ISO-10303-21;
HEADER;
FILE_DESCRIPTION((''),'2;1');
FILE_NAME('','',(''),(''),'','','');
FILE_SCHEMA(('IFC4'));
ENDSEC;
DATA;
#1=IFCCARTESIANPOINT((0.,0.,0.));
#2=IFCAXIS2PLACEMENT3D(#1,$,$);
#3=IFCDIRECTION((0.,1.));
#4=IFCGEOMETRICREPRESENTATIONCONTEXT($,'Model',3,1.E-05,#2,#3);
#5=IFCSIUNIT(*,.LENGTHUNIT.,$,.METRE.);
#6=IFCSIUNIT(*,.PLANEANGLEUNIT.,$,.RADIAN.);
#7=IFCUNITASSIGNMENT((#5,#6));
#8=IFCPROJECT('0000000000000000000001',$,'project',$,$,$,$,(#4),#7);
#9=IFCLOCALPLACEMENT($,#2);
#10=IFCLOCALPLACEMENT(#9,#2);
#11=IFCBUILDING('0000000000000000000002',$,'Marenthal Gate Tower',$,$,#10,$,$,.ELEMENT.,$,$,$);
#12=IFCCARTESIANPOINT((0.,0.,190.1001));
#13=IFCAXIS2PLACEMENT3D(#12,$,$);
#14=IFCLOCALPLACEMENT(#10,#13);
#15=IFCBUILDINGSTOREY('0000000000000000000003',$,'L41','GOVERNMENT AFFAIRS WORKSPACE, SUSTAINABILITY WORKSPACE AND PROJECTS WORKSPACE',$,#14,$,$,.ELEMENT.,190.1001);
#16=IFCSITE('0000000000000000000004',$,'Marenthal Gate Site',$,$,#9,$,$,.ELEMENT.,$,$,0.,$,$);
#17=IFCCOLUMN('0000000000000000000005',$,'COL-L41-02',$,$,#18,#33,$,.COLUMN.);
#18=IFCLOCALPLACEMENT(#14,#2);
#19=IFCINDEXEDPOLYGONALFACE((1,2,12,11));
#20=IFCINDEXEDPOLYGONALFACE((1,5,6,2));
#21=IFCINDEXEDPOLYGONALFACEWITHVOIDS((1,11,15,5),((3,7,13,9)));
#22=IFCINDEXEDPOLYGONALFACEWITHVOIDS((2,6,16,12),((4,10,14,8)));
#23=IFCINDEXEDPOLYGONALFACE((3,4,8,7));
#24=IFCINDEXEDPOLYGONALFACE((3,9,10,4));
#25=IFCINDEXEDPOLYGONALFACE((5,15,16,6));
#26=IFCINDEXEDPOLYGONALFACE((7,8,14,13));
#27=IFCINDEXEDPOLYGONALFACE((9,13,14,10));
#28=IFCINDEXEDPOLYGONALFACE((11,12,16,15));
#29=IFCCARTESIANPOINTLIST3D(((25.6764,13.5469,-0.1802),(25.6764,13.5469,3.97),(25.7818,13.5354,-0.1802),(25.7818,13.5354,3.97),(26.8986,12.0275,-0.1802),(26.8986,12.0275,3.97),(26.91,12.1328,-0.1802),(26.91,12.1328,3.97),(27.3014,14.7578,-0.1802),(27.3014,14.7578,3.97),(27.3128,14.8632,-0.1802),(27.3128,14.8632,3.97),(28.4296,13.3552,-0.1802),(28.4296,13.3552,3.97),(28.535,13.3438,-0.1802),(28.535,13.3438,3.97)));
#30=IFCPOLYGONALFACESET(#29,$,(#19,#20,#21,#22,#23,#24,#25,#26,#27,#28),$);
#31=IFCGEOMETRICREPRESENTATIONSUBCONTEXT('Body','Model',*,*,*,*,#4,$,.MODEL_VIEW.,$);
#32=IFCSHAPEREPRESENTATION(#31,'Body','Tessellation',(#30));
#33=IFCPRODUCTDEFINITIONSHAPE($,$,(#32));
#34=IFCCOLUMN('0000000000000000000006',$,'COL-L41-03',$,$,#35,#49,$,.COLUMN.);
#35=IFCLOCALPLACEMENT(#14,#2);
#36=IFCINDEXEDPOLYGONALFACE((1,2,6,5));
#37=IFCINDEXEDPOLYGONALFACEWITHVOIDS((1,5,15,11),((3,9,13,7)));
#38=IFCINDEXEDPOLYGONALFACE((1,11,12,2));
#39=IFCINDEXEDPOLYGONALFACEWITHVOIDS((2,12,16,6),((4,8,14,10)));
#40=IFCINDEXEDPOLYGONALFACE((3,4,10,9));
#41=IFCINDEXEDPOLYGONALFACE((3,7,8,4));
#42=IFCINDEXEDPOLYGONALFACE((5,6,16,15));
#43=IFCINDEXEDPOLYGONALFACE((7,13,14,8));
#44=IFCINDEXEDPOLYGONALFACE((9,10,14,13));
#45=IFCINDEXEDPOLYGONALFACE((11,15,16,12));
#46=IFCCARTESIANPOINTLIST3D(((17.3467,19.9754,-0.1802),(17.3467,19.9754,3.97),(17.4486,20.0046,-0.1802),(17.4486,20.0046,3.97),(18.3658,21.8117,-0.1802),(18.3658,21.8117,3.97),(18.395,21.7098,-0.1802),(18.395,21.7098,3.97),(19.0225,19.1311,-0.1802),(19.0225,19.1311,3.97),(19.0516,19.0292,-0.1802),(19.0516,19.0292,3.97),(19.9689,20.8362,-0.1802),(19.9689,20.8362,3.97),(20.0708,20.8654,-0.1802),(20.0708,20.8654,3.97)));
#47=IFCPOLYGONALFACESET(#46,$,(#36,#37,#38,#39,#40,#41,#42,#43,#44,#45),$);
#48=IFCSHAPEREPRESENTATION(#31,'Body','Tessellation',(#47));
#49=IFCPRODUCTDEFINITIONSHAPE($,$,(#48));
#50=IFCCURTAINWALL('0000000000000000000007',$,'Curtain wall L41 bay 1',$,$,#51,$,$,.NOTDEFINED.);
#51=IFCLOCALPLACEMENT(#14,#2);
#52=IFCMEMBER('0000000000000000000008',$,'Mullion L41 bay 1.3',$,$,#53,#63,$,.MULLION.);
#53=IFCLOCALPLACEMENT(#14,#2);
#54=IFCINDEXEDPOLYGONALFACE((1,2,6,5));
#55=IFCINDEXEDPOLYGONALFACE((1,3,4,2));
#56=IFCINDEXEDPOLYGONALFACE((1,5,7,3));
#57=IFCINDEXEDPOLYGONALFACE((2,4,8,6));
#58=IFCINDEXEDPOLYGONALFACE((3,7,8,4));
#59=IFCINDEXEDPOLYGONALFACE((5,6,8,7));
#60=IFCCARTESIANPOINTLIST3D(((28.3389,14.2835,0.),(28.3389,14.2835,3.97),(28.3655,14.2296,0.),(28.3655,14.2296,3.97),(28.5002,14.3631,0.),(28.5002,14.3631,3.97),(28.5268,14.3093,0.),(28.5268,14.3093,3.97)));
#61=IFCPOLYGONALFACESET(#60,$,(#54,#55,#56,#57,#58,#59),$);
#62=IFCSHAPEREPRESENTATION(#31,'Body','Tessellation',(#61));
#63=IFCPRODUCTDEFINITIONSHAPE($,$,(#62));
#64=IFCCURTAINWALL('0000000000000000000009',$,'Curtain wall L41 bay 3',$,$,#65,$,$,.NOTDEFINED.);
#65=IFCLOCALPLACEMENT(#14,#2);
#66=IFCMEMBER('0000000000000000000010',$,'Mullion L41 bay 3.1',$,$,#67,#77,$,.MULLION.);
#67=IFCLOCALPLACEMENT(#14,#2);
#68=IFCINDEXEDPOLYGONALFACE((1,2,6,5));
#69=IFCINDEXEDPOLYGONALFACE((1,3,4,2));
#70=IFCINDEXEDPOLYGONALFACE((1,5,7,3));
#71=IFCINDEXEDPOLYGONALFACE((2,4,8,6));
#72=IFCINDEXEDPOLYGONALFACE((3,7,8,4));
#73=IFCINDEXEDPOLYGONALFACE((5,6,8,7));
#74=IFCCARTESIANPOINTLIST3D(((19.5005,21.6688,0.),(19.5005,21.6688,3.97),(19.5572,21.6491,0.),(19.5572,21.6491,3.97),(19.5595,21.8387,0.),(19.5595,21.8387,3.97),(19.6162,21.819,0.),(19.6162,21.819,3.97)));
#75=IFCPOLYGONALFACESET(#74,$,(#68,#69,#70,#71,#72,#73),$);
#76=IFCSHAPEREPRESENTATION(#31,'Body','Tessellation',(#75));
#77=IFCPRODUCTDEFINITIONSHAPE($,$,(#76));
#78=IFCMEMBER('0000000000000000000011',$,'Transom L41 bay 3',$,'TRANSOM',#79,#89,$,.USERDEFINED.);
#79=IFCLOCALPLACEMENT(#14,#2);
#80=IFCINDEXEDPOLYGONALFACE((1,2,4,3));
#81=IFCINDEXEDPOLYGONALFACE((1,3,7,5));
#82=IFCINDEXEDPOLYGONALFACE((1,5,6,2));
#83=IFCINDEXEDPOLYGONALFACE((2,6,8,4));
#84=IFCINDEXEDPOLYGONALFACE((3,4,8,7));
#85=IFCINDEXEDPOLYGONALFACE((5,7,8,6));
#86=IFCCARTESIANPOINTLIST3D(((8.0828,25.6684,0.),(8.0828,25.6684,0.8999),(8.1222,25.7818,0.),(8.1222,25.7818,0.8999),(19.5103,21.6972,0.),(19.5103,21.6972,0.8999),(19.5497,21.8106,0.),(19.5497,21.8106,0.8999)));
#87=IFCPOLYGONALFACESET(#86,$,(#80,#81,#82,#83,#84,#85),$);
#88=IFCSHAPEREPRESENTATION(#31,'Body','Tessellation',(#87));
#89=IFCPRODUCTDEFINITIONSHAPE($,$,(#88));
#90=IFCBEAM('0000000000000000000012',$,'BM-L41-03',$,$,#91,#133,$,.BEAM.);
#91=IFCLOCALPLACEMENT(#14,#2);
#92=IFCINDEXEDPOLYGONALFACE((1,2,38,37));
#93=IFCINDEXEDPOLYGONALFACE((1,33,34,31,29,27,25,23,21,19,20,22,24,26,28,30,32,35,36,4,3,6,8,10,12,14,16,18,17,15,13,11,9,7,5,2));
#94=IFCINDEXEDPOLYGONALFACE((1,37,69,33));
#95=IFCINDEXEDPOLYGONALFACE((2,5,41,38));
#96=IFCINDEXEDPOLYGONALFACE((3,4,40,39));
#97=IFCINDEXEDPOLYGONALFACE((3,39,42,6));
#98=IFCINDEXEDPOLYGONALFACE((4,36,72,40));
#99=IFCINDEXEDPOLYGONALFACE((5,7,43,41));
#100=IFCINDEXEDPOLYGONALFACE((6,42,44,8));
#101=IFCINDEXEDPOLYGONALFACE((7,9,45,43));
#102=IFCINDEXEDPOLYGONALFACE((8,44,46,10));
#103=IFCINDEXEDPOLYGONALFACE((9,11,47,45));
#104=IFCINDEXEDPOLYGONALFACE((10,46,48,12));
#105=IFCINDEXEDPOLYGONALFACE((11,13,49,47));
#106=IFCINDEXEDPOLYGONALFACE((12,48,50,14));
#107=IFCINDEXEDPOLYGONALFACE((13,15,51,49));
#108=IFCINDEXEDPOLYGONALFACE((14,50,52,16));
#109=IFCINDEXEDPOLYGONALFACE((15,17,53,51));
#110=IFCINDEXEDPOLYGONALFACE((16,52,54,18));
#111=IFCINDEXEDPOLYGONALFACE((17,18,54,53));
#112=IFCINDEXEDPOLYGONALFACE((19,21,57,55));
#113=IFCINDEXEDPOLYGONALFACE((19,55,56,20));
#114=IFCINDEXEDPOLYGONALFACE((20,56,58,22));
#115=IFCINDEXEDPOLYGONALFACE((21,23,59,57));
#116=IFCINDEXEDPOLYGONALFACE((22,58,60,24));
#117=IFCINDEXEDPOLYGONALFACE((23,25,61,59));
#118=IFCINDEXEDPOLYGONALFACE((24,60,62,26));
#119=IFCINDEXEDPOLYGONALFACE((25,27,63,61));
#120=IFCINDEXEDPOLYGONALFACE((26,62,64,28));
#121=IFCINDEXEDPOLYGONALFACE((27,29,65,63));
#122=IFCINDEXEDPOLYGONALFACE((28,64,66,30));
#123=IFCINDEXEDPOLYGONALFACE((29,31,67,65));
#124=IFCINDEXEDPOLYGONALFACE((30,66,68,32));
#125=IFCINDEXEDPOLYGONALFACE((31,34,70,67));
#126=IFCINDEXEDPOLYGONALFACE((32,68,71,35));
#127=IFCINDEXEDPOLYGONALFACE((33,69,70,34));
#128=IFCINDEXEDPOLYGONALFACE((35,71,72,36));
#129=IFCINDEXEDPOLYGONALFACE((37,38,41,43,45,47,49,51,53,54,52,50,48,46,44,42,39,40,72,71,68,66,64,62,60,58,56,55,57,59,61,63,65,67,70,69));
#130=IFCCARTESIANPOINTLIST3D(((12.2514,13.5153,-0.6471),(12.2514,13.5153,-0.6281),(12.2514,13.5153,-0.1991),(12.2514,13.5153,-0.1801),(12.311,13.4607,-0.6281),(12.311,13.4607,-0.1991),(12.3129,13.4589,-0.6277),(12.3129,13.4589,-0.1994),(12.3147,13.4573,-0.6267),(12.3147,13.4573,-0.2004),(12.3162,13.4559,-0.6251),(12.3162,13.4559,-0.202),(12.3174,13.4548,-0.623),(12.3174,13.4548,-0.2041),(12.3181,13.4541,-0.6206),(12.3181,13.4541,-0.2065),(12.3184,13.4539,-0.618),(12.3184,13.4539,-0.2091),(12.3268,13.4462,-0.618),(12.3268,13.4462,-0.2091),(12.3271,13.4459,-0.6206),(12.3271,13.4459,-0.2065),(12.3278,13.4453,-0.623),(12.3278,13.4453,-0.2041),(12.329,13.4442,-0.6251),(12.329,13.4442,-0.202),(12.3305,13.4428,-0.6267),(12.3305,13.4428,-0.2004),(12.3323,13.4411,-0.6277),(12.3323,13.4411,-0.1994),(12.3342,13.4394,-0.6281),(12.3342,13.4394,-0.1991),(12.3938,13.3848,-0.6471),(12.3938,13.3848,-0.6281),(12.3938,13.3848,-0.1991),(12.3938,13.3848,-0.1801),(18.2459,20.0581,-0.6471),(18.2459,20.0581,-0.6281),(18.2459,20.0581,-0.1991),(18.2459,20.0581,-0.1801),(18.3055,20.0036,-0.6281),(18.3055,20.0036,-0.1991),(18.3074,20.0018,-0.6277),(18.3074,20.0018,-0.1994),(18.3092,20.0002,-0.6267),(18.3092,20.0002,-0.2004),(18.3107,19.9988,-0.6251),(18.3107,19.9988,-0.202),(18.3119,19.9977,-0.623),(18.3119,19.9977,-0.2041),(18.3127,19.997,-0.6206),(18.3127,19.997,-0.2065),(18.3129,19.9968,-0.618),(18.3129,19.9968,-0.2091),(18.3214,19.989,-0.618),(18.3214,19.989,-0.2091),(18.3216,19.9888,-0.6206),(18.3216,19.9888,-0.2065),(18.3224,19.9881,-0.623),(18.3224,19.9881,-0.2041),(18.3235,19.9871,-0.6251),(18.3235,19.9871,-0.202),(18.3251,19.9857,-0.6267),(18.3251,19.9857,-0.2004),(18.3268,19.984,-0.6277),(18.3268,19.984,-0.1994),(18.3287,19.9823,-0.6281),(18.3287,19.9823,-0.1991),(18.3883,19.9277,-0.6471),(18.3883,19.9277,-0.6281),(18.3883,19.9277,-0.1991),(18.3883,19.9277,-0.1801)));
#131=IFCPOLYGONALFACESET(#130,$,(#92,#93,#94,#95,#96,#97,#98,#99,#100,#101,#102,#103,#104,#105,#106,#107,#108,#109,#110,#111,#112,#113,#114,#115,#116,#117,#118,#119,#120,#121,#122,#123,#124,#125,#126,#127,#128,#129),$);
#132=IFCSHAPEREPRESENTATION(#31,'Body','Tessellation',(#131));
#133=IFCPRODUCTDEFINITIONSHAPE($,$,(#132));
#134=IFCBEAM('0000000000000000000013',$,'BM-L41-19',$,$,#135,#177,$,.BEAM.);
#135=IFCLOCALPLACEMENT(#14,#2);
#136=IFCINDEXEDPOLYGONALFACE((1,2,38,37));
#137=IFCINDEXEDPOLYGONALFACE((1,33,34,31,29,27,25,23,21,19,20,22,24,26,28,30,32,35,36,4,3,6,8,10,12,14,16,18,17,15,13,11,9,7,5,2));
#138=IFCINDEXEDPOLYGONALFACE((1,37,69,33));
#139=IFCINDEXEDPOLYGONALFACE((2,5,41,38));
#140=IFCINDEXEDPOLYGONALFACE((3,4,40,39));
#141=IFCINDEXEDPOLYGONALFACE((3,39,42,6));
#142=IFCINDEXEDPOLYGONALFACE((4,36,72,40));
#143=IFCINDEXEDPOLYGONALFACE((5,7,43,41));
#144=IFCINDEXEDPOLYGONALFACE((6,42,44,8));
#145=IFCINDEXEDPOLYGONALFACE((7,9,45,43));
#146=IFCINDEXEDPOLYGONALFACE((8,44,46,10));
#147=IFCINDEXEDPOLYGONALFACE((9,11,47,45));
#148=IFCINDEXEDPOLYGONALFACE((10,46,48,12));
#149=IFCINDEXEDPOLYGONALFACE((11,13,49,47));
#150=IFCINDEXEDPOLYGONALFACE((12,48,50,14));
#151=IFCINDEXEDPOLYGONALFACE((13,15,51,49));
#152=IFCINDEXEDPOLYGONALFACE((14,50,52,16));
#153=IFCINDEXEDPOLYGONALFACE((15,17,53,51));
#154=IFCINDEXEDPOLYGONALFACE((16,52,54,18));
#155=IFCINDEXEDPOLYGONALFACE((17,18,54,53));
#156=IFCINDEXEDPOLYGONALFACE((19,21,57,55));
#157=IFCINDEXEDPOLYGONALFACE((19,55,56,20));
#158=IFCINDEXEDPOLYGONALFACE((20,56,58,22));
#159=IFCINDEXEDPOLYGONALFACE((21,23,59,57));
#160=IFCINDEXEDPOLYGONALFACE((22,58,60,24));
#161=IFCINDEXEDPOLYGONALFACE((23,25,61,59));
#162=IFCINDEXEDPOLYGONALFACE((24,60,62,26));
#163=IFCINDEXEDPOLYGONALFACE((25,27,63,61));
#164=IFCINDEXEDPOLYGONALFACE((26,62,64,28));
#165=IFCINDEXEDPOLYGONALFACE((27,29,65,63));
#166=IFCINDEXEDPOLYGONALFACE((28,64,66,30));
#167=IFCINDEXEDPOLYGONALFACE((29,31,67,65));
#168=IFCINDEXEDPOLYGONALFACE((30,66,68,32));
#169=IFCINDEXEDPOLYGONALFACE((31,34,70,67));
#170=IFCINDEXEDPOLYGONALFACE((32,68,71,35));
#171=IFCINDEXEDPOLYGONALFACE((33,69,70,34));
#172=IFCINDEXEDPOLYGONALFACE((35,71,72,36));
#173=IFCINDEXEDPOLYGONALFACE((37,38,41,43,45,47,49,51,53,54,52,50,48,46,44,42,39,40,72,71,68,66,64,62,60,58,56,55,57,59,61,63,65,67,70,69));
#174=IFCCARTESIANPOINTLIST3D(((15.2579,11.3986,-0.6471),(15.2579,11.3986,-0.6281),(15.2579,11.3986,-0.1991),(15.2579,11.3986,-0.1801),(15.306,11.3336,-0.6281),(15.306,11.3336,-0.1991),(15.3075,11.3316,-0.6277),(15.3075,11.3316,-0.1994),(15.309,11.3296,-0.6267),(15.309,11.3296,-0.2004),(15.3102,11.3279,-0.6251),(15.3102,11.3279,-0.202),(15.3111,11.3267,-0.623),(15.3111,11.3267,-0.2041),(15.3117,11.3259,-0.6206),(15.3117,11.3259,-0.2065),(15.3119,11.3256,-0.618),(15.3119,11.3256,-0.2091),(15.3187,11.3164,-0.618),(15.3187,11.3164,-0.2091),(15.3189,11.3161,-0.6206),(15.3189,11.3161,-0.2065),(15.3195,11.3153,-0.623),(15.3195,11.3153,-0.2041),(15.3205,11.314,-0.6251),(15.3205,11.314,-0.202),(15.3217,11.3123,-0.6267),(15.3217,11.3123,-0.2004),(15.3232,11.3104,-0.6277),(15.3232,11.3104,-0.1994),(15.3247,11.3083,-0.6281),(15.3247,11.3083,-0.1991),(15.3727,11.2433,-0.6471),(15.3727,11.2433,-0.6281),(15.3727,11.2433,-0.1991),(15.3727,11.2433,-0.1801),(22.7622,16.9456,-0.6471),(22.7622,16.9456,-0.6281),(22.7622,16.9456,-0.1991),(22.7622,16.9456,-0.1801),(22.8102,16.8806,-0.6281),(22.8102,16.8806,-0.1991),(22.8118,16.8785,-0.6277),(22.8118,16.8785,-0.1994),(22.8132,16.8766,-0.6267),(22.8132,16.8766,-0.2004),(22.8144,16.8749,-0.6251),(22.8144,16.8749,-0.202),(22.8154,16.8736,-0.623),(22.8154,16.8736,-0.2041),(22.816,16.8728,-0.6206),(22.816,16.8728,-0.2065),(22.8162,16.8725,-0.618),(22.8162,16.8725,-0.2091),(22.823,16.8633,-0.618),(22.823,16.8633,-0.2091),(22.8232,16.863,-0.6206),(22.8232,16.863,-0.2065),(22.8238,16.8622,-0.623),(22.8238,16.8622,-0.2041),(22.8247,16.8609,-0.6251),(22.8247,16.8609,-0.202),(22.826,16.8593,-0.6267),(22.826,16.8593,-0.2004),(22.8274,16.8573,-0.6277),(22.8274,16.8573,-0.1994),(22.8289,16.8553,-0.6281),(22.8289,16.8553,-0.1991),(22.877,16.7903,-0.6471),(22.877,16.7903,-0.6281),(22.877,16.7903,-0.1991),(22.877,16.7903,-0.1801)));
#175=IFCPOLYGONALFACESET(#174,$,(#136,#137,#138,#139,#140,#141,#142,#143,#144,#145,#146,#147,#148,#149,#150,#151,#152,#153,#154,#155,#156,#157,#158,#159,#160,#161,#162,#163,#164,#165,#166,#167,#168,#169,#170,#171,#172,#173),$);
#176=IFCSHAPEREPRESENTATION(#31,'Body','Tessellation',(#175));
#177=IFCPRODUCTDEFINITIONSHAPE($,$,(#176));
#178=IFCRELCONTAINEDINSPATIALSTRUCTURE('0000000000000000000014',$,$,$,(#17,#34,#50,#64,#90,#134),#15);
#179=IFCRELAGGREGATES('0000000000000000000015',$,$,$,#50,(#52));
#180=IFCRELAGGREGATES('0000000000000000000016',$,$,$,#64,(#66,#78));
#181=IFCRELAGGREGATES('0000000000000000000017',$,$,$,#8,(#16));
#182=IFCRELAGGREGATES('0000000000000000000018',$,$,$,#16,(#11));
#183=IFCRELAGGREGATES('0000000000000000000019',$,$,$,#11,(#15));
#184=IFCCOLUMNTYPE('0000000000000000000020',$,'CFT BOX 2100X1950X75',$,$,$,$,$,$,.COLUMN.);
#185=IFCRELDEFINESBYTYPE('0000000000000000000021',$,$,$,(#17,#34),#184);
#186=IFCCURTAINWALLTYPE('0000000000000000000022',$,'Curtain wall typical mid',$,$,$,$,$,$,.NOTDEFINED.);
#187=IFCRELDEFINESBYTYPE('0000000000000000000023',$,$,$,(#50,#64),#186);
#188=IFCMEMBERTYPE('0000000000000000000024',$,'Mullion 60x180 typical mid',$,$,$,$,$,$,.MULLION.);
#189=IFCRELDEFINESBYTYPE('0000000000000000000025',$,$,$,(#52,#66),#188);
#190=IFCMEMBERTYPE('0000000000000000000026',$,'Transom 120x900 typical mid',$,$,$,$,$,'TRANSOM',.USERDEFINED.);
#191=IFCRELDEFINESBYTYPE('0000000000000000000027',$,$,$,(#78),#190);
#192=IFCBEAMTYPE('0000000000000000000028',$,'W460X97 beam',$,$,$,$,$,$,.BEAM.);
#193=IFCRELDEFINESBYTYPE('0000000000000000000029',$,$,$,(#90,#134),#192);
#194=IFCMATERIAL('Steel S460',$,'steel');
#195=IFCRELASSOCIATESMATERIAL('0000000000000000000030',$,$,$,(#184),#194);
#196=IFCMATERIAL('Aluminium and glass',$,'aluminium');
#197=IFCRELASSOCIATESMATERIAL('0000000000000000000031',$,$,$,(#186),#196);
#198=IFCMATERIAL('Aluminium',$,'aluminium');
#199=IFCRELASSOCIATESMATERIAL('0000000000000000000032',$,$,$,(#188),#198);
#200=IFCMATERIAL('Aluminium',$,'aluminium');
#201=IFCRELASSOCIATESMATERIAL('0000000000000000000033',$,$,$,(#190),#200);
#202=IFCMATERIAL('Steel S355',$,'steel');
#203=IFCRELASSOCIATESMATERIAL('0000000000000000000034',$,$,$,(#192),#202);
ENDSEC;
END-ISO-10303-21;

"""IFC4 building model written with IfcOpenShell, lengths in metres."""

from ifc_helpers import new_model, si_unit, direction, frame, origin, origin_2d, place, context, subcontext, project, spatial, rectangle, hollow_rectangle, i_section, extrude, material, material_profile, profile_set, type_object, element, aggregate, save


model = new_model("IFC4")

# Units and contexts
model_context = context("Model", 3, precision=1e-05, world=origin(), true_north=direction((0.0, 1.0)))
body_context = subcontext(model_context, "Body", "Model", "MODEL_VIEW")
ifc_project = project(units=[si_unit("LENGTHUNIT", "METRE"), si_unit("PLANEANGLEUNIT", "RADIAN")], contexts=[model_context])

# Site, building, storey
site_placement = place(None, origin())
site = spatial("IfcSite", under=ifc_project, at=site_placement, Name="Marenthal Gate Site", CompositionType="ELEMENT", RefElevation=0.0)
building_placement = place(site_placement, origin())
building = spatial("IfcBuilding", under=site, at=building_placement, Name="Marenthal Gate Tower", CompositionType="ELEMENT")
storey_placement = place(building_placement, frame((0.0, 0.0, 190.1001)))
storey = spatial("IfcBuildingStorey", under=building, at=storey_placement, Name="L41", Description="GOVERNMENT AFFAIRS WORKSPACE, SUSTAINABILITY WORKSPACE AND PROJECTS WORKSPACE", CompositionType="ELEMENT", Elevation=190.1001)

# Columns
ifc_material_1 = material(Name="Steel S460", Category="steel")
ifc_material_profile_1 = material_profile(ifc_material_1, hollow_rectangle(XDim=1.95, YDim=2.1001, WallThickness=0.075, at=origin_2d()), Name="CFT BOX 2100X1950X75")
ifc_material_2 = material(Name="Concrete 70 MPa", Category="concrete")
ifc_material_profile_2 = material_profile(ifc_material_2, rectangle(XDim=1.8, YDim=1.95, at=origin_2d()), Name="CFT BOX 2100X1950X75 INFILL")
ifc_profile_set_1 = profile_set([ifc_material_profile_1, ifc_material_profile_2], Name="Steel S460 shell, Concrete 70 MPa infill")
column_type = type_object("IfcColumnType", Name="CFT BOX 2100X1950X75", PredefinedType="COLUMN", material=ifc_profile_set_1)
for number, where, z_axis, x_axis, name in (
    (1, (27.1057, 13.4453, -0.1802), (0.0, 0.0, 1.0), (0.626783, -0.779194, 0.0), "COL-L41-02"),
    (2, (18.7087, 20.4204, -0.1802), (0.0, 0.0, 1.0), (0.874354, -0.485289, 0.0), "COL-L41-03"),
):
    element("IfcColumn", number, at=place(storey_placement, frame(where, z_axis=z_axis, x_axis=x_axis)), inside=storey, type_object=column_type, Name=name, PredefinedType="COLUMN", context=body_context, shape_type="SweptSolid", body=[
        extrude(hollow_rectangle(XDim=1.95, YDim=2.1001, WallThickness=0.075, at=origin_2d()), origin(), (0.0, 0.0, 1.0), 4.1501),
    ])

# Curtain wall, member
ifc_material_3 = material(Name="Aluminium and glass", Category="aluminium")
curtain_wall_type = type_object("IfcCurtainWallType", Name="Curtain wall typical mid", PredefinedType="NOTDEFINED", material=ifc_material_3)
curtain_wall_1_placement = place(storey_placement, origin())
curtain_wall_1 = element("IfcCurtainWall", 3, at=curtain_wall_1_placement, inside=storey, type_object=curtain_wall_type, Name="Curtain wall L41 bay 1", PredefinedType="NOTDEFINED")
ifc_material_4 = material(Name="Aluminium", Category="aluminium")
ifc_material_profile_3 = material_profile(ifc_material_4, rectangle(XDim=0.1799, YDim=0.0601, at=origin_2d()), Name="60x180 aluminium mullion")
ifc_profile_set_2 = profile_set([ifc_material_profile_3], Name="Aluminium")
member_type_1 = type_object("IfcMemberType", Name="Mullion 60x180 typical mid", PredefinedType="MULLION", material=ifc_profile_set_2)
member_1_placement = place(storey_placement, frame((28.4329, 14.2964, 0.0), z_axis=(0.0, 0.0, 1.0), x_axis=(-0.896681, -0.442678, 0.0)))
member_1 = element("IfcMember", 4, at=member_1_placement, type_object=member_type_1, Name="Mullion L41 bay 1.3", PredefinedType="MULLION", context=body_context, shape_type="SweptSolid", body=[
    extrude(rectangle(XDim=0.1799, YDim=0.0601, at=origin_2d()), origin(), (0.0, 0.0, 1.0), 3.97),
])
aggregate(curtain_wall_1, [member_1])

# Curtain wall, members
curtain_wall_2_placement = place(storey_placement, origin())
curtain_wall_2 = element("IfcCurtainWall", 5, at=curtain_wall_2_placement, inside=storey, type_object=curtain_wall_type, Name="Curtain wall L41 bay 3", PredefinedType="NOTDEFINED")
member_2_placement = place(storey_placement, frame((19.5583, 21.7439, 0.0), z_axis=(0.0, 0.0, 1.0), x_axis=(-0.328273, -0.944583, 0.0)))
member_2 = element("IfcMember", 6, at=member_2_placement, type_object=member_type_1, Name="Mullion L41 bay 3.1", PredefinedType="MULLION", context=body_context, shape_type="SweptSolid", body=[
    extrude(rectangle(XDim=0.1799, YDim=0.0601, at=origin_2d()), origin(), (0.0, 0.0, 1.0), 3.97),
])
ifc_material_5 = material(Name="Aluminium", Category="aluminium")
ifc_material_profile_4 = material_profile(ifc_material_5, rectangle(XDim=0.1201, YDim=0.8999, at=origin_2d()), Name="120x900 aluminium transom")
ifc_profile_set_3 = profile_set([ifc_material_profile_4], Name="Aluminium")
member_type_2 = type_object("IfcMemberType", Name="Transom 120x900 typical mid", ElementType="TRANSOM", PredefinedType="USERDEFINED", material=ifc_profile_set_3)
member_3_placement = place(storey_placement, frame((19.53, 21.7539, 0.45), z_axis=(-0.944589, 0.328256, 0.0), x_axis=(-0.328256, -0.944589, 0.0)))
member_3 = element("IfcMember", 7, at=member_3_placement, type_object=member_type_2, Name="Transom L41 bay 3", ObjectType="TRANSOM", PredefinedType="USERDEFINED", context=body_context, shape_type="SweptSolid", body=[
    extrude(rectangle(XDim=0.1201, YDim=0.8999, at=origin_2d()), origin(), (0.0, 0.0, 1.0), 12.0979),
])

# Beams
ifc_material_6 = material(Name="Steel S355", Category="steel")
ifc_material_profile_5 = material_profile(ifc_material_6, i_section(OverallWidth=0.1931, OverallDepth=0.467, WebThickness=0.0115, FlangeThickness=0.019, FilletRadius=0.01, at=origin_2d()), Name="W460X97")
ifc_profile_set_4 = profile_set([ifc_material_profile_5], Name="Steel S355")
beam_type_1 = type_object("IfcBeamType", Name="W460X97 beam", PredefinedType="BEAM", material=ifc_profile_set_4)
beam_1_placement = place(storey_placement, frame((18.3171, 19.9929, -0.4136), z_axis=(-0.675535, -0.737328, 0.0), x_axis=(0.737328, -0.675535, 0.0)))
element("IfcBeam", 8, at=beam_1_placement, inside=storey, type_object=beam_type_1, Name="BM-L41-03", PredefinedType="BEAM", context=body_context, shape_type="SweptSolid", body=[
    extrude(i_section(OverallWidth=0.1931, OverallDepth=0.467, WebThickness=0.0115, FlangeThickness=0.019, FilletRadius=0.01, at=origin_2d()), origin(), (0.0, 0.0, 1.0), 8.8738),
])
beam_2_placement = place(storey_placement, frame((22.8196, 16.8679, -0.4136), z_axis=(-0.804159, -0.594414, 0.0), x_axis=(0.594414, -0.804159, 0.0)))
element("IfcBeam", 9, at=beam_2_placement, inside=storey, type_object=beam_type_1, Name="BM-L41-19", PredefinedType="BEAM", context=body_context, shape_type="SweptSolid", body=[
    extrude(i_section(OverallWidth=0.1931, OverallDepth=0.467, WebThickness=0.0115, FlangeThickness=0.019, FilletRadius=0.01, at=origin_2d()), origin(), (0.0, 0.0, 1.0), 9.3318),
])

aggregate(curtain_wall_2, [member_2, member_3])

save(model, "model.ifc")
